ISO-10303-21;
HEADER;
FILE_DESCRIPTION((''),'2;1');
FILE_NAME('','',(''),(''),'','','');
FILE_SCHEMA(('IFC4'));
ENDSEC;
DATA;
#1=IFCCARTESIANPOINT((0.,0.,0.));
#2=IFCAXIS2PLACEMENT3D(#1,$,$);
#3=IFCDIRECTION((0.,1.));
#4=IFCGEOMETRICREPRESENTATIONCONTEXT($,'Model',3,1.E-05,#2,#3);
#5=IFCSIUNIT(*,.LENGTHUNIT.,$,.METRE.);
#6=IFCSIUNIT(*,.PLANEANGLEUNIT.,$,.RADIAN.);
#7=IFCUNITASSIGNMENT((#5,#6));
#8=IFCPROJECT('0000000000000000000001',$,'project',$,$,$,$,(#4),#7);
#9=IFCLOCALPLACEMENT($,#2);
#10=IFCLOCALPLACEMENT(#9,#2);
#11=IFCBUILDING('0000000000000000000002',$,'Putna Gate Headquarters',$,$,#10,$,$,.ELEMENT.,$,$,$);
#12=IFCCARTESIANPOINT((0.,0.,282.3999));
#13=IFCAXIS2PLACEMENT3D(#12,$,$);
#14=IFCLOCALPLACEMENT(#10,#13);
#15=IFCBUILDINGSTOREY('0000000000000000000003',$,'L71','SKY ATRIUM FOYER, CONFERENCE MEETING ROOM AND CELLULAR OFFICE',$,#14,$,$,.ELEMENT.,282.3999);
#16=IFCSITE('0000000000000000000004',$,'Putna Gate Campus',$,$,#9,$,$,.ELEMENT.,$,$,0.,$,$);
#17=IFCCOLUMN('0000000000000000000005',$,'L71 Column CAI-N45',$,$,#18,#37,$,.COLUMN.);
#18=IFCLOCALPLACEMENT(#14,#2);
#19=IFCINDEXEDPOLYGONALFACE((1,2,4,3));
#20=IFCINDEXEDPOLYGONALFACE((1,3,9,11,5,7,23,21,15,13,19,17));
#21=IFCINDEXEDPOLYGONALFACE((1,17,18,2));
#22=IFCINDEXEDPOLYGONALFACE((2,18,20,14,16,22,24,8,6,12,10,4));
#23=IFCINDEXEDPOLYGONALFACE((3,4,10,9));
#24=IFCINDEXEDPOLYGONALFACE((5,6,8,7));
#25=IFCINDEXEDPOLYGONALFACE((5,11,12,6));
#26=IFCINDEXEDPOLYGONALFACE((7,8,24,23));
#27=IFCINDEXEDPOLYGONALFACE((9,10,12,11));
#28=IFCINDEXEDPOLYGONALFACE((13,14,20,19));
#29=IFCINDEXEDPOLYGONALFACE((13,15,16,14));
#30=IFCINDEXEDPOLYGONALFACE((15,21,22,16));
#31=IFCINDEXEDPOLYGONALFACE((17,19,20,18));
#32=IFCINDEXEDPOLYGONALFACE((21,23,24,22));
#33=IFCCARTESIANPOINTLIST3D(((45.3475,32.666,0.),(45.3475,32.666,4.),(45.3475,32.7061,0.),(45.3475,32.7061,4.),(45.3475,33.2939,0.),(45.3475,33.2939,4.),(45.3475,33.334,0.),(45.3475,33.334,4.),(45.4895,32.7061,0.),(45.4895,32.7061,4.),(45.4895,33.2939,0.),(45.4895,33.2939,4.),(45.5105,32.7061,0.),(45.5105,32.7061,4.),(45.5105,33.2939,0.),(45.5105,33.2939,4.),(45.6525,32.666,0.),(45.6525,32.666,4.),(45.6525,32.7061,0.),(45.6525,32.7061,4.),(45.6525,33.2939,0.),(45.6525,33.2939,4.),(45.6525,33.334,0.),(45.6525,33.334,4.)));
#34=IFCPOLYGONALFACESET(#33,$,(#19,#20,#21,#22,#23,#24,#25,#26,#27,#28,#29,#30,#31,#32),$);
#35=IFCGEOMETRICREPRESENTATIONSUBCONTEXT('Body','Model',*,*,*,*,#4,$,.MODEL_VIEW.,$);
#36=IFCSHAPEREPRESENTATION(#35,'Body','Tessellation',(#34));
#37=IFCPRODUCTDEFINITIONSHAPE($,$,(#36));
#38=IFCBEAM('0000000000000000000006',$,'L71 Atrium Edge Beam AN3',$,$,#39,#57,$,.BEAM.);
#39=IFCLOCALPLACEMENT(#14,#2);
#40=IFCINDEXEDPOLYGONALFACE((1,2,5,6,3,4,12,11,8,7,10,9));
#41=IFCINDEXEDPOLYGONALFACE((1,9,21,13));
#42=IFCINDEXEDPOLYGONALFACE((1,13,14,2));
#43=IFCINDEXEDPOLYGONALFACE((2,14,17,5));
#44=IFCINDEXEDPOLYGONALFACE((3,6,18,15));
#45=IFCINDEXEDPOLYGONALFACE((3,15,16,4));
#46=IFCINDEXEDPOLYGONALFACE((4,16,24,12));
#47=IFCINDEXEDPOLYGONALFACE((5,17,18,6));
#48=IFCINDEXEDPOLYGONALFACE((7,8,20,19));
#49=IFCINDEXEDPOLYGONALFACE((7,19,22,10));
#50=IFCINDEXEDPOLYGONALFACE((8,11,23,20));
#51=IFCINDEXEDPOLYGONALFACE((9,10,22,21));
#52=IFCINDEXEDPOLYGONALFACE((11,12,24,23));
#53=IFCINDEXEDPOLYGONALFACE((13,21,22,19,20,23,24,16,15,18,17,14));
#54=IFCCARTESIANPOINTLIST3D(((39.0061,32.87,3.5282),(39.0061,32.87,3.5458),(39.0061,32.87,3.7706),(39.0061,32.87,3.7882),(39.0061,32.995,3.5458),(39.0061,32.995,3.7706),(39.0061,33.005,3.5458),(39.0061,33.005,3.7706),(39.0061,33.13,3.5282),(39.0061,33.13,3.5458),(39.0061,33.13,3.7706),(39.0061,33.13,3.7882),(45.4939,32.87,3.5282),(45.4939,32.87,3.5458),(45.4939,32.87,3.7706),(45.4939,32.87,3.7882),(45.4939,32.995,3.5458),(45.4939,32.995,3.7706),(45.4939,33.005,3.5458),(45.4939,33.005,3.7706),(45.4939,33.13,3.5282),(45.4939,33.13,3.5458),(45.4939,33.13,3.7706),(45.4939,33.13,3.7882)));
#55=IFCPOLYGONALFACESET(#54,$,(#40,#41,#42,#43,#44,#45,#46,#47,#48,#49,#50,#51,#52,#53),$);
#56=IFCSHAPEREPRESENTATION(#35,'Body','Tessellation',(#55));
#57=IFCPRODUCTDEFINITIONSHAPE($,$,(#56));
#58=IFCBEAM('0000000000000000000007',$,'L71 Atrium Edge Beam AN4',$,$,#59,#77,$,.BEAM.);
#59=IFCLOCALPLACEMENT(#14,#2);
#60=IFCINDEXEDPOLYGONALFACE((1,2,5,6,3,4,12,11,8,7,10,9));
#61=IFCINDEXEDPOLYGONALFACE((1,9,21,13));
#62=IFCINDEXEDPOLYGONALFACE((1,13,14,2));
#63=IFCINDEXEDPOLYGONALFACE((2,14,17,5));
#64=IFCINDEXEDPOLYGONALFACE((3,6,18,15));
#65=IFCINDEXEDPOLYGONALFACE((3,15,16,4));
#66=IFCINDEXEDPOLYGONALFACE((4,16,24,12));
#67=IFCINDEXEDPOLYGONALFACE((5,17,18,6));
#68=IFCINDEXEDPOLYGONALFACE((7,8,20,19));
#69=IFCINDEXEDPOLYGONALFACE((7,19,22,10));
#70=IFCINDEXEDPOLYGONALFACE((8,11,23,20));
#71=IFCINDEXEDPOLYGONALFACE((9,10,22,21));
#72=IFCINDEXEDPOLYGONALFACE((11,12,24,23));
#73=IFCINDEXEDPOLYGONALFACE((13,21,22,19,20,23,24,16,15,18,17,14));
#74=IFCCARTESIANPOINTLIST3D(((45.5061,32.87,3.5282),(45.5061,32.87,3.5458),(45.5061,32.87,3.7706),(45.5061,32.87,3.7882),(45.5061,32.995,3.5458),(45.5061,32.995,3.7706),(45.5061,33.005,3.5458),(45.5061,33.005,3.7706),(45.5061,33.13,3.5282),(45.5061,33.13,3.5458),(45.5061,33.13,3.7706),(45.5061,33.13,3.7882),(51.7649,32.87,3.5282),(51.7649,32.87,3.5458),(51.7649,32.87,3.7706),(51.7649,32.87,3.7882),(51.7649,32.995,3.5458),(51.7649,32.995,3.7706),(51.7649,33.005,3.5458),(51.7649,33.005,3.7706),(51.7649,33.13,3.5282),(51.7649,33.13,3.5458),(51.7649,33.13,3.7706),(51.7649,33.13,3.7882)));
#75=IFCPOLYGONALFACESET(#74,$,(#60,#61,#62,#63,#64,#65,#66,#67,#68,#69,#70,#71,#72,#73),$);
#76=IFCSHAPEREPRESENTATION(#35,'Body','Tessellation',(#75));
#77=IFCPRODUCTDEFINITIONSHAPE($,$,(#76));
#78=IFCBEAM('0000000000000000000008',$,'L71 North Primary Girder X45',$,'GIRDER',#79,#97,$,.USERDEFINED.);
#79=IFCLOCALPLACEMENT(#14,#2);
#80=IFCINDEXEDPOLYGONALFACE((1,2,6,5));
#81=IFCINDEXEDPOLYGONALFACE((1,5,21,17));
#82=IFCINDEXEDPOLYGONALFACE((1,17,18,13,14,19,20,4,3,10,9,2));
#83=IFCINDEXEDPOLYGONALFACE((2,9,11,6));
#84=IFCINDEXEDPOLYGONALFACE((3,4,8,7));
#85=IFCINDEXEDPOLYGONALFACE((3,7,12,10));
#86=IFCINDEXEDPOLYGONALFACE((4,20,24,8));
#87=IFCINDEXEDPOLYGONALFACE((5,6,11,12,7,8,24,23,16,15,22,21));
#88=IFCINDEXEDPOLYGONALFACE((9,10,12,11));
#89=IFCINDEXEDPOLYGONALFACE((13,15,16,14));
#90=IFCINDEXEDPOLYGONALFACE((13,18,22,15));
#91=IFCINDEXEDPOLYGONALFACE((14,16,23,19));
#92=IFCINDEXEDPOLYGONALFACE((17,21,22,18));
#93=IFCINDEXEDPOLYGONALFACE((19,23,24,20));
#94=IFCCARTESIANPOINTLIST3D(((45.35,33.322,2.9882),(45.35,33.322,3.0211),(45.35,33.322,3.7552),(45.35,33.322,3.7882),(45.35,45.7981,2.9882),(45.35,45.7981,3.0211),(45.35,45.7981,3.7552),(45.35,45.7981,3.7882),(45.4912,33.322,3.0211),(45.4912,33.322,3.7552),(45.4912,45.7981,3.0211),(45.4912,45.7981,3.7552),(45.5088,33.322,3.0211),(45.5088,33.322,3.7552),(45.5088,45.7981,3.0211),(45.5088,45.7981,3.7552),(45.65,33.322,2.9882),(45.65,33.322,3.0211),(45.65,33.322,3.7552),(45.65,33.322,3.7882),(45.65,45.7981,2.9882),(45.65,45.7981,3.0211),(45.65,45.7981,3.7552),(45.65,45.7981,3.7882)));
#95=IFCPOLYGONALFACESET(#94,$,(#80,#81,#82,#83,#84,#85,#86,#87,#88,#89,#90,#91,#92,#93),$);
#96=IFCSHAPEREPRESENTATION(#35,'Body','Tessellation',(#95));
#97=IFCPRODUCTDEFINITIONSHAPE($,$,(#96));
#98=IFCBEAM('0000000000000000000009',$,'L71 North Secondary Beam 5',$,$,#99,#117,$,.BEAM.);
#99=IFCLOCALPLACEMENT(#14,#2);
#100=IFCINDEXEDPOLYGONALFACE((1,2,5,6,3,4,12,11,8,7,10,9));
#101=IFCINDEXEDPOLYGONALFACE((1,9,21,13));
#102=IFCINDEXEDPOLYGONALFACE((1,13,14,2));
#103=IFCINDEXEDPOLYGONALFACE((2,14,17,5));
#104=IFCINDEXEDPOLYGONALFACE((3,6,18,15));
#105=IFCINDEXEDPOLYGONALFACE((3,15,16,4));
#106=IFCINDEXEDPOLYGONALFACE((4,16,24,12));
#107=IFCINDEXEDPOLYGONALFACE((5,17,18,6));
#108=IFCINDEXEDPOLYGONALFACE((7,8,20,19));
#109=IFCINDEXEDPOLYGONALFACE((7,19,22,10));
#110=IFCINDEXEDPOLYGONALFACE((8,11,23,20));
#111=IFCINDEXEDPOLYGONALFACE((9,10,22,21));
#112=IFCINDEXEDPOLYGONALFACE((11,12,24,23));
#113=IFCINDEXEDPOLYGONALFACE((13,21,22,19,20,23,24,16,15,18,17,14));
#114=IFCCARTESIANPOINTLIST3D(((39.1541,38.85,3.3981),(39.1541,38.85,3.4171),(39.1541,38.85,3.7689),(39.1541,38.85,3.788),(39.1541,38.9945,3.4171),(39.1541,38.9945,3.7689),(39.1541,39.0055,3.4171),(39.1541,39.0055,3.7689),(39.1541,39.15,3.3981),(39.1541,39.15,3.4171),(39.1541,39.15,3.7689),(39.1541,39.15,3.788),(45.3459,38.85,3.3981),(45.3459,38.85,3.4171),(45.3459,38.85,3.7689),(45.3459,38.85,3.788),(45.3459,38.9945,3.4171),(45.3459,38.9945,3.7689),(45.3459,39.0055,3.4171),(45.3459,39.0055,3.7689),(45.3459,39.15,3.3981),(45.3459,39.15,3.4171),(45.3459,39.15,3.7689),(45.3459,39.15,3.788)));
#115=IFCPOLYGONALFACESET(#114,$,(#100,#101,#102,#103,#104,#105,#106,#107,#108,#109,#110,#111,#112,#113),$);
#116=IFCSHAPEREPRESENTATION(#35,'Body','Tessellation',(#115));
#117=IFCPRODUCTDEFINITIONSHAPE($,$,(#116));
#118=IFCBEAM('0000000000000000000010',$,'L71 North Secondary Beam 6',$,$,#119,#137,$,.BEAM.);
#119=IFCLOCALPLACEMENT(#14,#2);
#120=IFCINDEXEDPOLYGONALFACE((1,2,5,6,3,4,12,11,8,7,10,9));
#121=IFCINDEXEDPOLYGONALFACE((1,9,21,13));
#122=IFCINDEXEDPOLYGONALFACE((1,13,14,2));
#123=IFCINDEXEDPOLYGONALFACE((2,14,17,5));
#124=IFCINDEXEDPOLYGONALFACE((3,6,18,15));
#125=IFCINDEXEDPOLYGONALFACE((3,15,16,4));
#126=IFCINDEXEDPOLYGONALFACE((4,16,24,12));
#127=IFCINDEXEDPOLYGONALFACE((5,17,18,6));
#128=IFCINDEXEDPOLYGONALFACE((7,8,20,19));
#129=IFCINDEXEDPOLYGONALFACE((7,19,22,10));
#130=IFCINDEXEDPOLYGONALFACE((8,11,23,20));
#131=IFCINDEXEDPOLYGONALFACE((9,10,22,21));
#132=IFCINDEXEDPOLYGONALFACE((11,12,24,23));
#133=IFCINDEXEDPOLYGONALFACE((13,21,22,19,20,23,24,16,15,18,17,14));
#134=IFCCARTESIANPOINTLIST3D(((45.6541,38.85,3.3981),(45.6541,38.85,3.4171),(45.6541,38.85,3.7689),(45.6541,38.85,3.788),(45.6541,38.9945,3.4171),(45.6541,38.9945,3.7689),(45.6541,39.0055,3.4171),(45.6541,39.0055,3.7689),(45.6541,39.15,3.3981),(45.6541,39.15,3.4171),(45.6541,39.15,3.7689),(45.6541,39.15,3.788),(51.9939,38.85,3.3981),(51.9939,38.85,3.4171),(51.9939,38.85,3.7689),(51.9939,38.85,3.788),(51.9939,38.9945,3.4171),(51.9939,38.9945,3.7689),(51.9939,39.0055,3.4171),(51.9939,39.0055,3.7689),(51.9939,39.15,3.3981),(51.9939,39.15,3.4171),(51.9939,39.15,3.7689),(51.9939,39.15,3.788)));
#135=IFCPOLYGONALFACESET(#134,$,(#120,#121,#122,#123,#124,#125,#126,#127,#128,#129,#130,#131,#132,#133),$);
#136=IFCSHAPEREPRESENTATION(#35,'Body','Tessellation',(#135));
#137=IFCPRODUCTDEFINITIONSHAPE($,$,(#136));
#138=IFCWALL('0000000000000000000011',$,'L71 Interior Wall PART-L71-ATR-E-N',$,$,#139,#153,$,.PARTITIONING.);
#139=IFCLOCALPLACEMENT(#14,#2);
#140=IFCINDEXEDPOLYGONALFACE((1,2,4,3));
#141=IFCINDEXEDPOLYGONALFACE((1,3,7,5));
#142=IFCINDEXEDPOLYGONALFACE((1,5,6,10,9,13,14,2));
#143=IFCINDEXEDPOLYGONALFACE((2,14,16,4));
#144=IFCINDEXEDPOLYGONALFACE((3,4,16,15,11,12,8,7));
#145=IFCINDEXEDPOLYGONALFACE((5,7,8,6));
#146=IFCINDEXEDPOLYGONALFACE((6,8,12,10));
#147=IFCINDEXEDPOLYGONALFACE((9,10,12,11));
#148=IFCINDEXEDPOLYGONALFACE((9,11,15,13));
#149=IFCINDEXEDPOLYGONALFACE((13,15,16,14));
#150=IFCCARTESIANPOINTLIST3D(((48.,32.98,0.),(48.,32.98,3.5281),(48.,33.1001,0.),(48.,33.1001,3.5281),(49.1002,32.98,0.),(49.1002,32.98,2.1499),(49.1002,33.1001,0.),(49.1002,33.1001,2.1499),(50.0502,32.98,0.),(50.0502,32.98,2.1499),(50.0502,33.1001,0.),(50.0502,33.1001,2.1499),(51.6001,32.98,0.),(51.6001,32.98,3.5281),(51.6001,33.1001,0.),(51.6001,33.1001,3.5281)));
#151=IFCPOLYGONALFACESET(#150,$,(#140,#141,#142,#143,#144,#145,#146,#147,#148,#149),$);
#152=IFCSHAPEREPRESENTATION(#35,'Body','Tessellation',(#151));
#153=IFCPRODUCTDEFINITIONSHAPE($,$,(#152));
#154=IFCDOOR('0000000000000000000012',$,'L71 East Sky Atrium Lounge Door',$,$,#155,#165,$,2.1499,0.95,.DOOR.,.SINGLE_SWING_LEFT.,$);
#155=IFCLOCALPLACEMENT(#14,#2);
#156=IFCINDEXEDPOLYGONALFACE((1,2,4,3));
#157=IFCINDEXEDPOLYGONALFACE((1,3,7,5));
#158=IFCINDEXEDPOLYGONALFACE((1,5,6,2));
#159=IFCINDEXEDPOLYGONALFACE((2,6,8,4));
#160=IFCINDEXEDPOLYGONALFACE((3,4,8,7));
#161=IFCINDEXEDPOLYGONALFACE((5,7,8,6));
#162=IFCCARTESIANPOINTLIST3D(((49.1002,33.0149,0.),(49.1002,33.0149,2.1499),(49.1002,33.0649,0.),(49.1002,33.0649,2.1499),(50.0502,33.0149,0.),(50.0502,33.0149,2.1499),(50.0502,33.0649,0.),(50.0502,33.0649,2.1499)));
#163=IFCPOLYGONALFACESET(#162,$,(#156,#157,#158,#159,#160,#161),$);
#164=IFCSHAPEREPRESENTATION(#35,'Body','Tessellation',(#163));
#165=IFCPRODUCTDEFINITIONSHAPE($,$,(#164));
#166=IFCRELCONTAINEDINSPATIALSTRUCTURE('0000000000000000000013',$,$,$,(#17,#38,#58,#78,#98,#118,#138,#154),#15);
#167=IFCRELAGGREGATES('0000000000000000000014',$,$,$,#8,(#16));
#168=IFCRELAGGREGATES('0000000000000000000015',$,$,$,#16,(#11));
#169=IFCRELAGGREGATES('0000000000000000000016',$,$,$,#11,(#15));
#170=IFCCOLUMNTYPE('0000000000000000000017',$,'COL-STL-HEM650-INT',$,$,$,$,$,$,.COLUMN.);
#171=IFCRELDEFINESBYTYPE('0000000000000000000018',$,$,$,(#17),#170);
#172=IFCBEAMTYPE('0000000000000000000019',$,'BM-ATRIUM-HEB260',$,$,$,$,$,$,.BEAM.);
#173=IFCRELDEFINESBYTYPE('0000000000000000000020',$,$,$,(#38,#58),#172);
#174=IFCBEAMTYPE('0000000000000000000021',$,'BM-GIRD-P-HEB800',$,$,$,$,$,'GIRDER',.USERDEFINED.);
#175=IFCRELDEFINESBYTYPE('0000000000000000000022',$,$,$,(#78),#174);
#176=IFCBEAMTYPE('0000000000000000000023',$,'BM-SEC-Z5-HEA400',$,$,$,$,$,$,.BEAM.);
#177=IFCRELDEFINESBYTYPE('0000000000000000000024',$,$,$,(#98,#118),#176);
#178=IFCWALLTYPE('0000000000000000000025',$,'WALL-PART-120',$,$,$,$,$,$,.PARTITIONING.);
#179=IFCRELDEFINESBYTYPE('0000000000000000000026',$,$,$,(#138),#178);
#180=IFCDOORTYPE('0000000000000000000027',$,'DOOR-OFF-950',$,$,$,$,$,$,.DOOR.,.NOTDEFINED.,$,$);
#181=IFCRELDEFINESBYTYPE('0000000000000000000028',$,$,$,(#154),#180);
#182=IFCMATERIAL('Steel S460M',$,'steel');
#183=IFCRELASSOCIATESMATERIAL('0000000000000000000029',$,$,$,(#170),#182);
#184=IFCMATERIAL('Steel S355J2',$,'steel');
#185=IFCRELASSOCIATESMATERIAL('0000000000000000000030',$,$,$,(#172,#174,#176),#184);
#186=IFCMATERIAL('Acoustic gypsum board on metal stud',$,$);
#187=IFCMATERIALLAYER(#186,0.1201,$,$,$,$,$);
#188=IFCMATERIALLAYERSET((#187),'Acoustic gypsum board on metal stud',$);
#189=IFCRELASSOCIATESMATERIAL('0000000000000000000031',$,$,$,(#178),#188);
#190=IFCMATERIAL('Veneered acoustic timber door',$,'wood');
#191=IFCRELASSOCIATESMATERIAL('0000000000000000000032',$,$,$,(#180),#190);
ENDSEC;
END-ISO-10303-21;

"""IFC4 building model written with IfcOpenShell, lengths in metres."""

from ifc_helpers import new_model, si_unit, direction, frame, frame_2d, origin, origin_2d, place, context, subcontext, project, spatial, rectangle, i_section, extrude, material, layer, layer_set, material_profile, profile_set, type_object, element, fill, save


model = new_model("IFC4")

# Units and contexts
model_context = context("Model", 3, precision=1e-05, world=origin(), true_north=direction((0.0, 1.0)))
body_context = subcontext(model_context, "Body", "Model", "MODEL_VIEW")
ifc_project = project(units=[si_unit("LENGTHUNIT", "METRE"), si_unit("PLANEANGLEUNIT", "RADIAN")], contexts=[model_context])

# Site, building, storey
site_placement = place(None, origin())
site = spatial("IfcSite", under=ifc_project, at=site_placement, Name="Putna Gate Campus", CompositionType="ELEMENT", RefElevation=0.0)
building_placement = place(site_placement, origin())
building = spatial("IfcBuilding", under=site, at=building_placement, Name="Putna Gate Headquarters", CompositionType="ELEMENT")
storey_placement = place(building_placement, frame((0.0, 0.0, 282.3999)))
storey = spatial("IfcBuildingStorey", under=building, at=storey_placement, Name="L71", Description="SKY ATRIUM FOYER, CONFERENCE MEETING ROOM AND CELLULAR OFFICE", CompositionType="ELEMENT", Elevation=282.3999)

# Column
ifc_material_1 = material(Name="Steel S460M", Category="steel")
ifc_material_profile_1 = material_profile(ifc_material_1, i_section(OverallWidth=0.3049, OverallDepth=0.668, WebThickness=0.021, FlangeThickness=0.04, at=origin_2d()), Name="Steel S460M")
ifc_profile_set_1 = profile_set([ifc_material_profile_1], Name="Steel S460M")
column_type = type_object("IfcColumnType", Name="COL-STL-HEM650-INT", PredefinedType="COLUMN", material=ifc_profile_set_1)
column_placement = place(storey_placement, frame((45.5, 33.0, 0.0), z_axis=(0.0, 0.0, 1.0), x_axis=(1.0, 0.0, 0.0)))
element("IfcColumn", 1, at=column_placement, inside=storey, type_object=column_type, Name="L71 Column CAI-N45", PredefinedType="COLUMN", context=body_context, shape_type="SweptSolid", body=[
    extrude(i_section(OverallWidth=0.3049, OverallDepth=0.668, WebThickness=0.021, FlangeThickness=0.04, at=origin_2d()), origin(), (0.0, 0.0, 1.0), 4.0),
])

# Beams
ifc_material_2 = material(Name="Steel S355J2", Category="steel")
ifc_material_profile_2 = material_profile(ifc_material_2, i_section(OverallWidth=0.26, OverallDepth=0.26, WebThickness=0.01, FlangeThickness=0.0176, at=origin_2d()), Name="Steel S355J2")
ifc_profile_set_2 = profile_set([ifc_material_profile_2], Name="Steel S355J2")
beam_type_1 = type_object("IfcBeamType", Name="BM-ATRIUM-HEB260", PredefinedType="BEAM", material=ifc_profile_set_2)
beam_1_placement = place(storey_placement, frame((39.0061, 33.0, 3.6582), z_axis=(1.0, 0.0, 0.0), x_axis=(0.0, 1.0, 0.0)))
element("IfcBeam", 2, at=beam_1_placement, inside=storey, type_object=beam_type_1, Name="L71 Atrium Edge Beam AN3", PredefinedType="BEAM", context=body_context, shape_type="SweptSolid", body=[
    extrude(i_section(OverallWidth=0.26, OverallDepth=0.26, WebThickness=0.01, FlangeThickness=0.0176, at=origin_2d()), origin(), (0.0, 0.0, 1.0), 6.4878),
])
beam_2_placement = place(storey_placement, frame((45.5061, 33.0, 3.6582), z_axis=(1.0, 0.0, 0.0), x_axis=(0.0, 1.0, 0.0)))
element("IfcBeam", 3, at=beam_2_placement, inside=storey, type_object=beam_type_1, Name="L71 Atrium Edge Beam AN4", PredefinedType="BEAM", context=body_context, shape_type="SweptSolid", body=[
    extrude(i_section(OverallWidth=0.26, OverallDepth=0.26, WebThickness=0.01, FlangeThickness=0.0176, at=origin_2d()), origin(), (0.0, 0.0, 1.0), 6.2588),
])
ifc_material_profile_3 = material_profile(ifc_material_2, i_section(OverallWidth=0.3, OverallDepth=0.8, WebThickness=0.0176, FlangeThickness=0.033, at=origin_2d()), Name="Steel S355J2")
ifc_profile_set_3 = profile_set([ifc_material_profile_3], Name="Steel S355J2")
beam_type_2 = type_object("IfcBeamType", Name="BM-GIRD-P-HEB800", ElementType="GIRDER", PredefinedType="USERDEFINED", material=ifc_profile_set_3)
beam_3_placement = place(storey_placement, frame((45.5, 33.322, 3.3882), z_axis=(0.0, 1.0, 0.0), x_axis=(-1.0, 0.0, 0.0)))
element("IfcBeam", 4, at=beam_3_placement, inside=storey, type_object=beam_type_2, Name="L71 North Primary Girder X45", ObjectType="GIRDER", PredefinedType="USERDEFINED", context=body_context, shape_type="SweptSolid", body=[
    extrude(i_section(OverallWidth=0.3, OverallDepth=0.8, WebThickness=0.0176, FlangeThickness=0.033, at=origin_2d()), origin(), (0.0, 0.0, 1.0), 12.4761),
])
ifc_material_profile_4 = material_profile(ifc_material_2, i_section(OverallWidth=0.3, OverallDepth=0.3899, WebThickness=0.011, FlangeThickness=0.019, at=origin_2d()), Name="Steel S355J2")
ifc_profile_set_4 = profile_set([ifc_material_profile_4], Name="Steel S355J2")
beam_type_3 = type_object("IfcBeamType", Name="BM-SEC-Z5-HEA400", PredefinedType="BEAM", material=ifc_profile_set_4)
beam_4_placement = place(storey_placement, frame((39.1541, 39.0, 3.593), z_axis=(1.0, 0.0, 0.0), x_axis=(0.0, 1.0, 0.0)))
element("IfcBeam", 5, at=beam_4_placement, inside=storey, type_object=beam_type_3, Name="L71 North Secondary Beam 5", PredefinedType="BEAM", context=body_context, shape_type="SweptSolid", body=[
    extrude(i_section(OverallWidth=0.3, OverallDepth=0.3899, WebThickness=0.011, FlangeThickness=0.019, at=origin_2d()), origin(), (0.0, 0.0, 1.0), 6.1919),
])
beam_5_placement = place(storey_placement, frame((45.6541, 39.0, 3.593), z_axis=(1.0, 0.0, 0.0), x_axis=(0.0, 1.0, 0.0)))
element("IfcBeam", 6, at=beam_5_placement, inside=storey, type_object=beam_type_3, Name="L71 North Secondary Beam 6", PredefinedType="BEAM", context=body_context, shape_type="SweptSolid", body=[
    extrude(i_section(OverallWidth=0.3, OverallDepth=0.3899, WebThickness=0.011, FlangeThickness=0.019, at=origin_2d()), origin(), (0.0, 0.0, 1.0), 6.3398),
])

# Wall, opening, door
ifc_material_3 = material(Name="Acoustic gypsum board on metal stud")
ifc_layer_1 = layer(ifc_material_3, 0.1201)
ifc_layer_set_1 = layer_set([ifc_layer_1], Name="Acoustic gypsum board on metal stud")
wall_type_1 = type_object("IfcWallType", Name="WALL-PART-120", PredefinedType="PARTITIONING", material=ifc_layer_set_1)
wall_1_placement = place(storey_placement, frame((48.0, 33.04, 0.0), z_axis=(0.0, 0.0, 1.0), x_axis=(1.0, 0.0, 0.0)))
wall_1 = element("IfcWall", 7, at=wall_1_placement, inside=storey, type_object=wall_type_1, Name="L71 Interior Wall PART-L71-ATR-E-N", PredefinedType="PARTITIONING", context=body_context, shape_type="SweptSolid", body=[
    extrude(rectangle(XDim=3.6001, YDim=0.1201, at=frame_2d((1.8, 0.0))), origin(), (0.0, 0.0, 1.0), 3.5281),
])
opening_1_placement = place(wall_1_placement, frame((1.1001, 0.0, 0.0)))
opening_1 = element("IfcOpeningElement", 8, at=opening_1_placement, cuts=wall_1, PredefinedType="OPENING", context=body_context, shape_type="SweptSolid", body=[
    extrude(rectangle(XDim=0.95, YDim=2.1499, at=frame_2d((0.4751, 1.075))), frame((0.0, 0.0701, 0.0), z_axis=(0.0, -1.0, 0.0), x_axis=(1.0, 0.0, 0.0)), (0.0, 0.0, 1.0), 0.1401),
])
ifc_material_4 = material(Name="Veneered acoustic timber door", Category="wood")
door_type_1 = type_object("IfcDoorType", Name="DOOR-OFF-950", OperationType="NOTDEFINED", PredefinedType="DOOR", material=ifc_material_4)
door_1_placement = place(opening_1_placement, origin())
door_1 = element("IfcDoor", 9, at=door_1_placement, inside=storey, type_object=door_type_1, Name="L71 East Sky Atrium Lounge Door", OperationType="SINGLE_SWING_LEFT", OverallHeight=2.1499, OverallWidth=0.95, PredefinedType="DOOR", context=body_context, shape_type="SweptSolid", body=[
    extrude(rectangle(XDim=0.95, YDim=2.1499, at=frame_2d((0.4751, 1.075))), frame((0.0, 0.0249, 0.0), z_axis=(0.0, -1.0, 0.0), x_axis=(1.0, 0.0, 0.0)), (0.0, 0.0, 1.0), 0.05),
])
fill(opening_1, door_1)

save(model, "model.ifc")
